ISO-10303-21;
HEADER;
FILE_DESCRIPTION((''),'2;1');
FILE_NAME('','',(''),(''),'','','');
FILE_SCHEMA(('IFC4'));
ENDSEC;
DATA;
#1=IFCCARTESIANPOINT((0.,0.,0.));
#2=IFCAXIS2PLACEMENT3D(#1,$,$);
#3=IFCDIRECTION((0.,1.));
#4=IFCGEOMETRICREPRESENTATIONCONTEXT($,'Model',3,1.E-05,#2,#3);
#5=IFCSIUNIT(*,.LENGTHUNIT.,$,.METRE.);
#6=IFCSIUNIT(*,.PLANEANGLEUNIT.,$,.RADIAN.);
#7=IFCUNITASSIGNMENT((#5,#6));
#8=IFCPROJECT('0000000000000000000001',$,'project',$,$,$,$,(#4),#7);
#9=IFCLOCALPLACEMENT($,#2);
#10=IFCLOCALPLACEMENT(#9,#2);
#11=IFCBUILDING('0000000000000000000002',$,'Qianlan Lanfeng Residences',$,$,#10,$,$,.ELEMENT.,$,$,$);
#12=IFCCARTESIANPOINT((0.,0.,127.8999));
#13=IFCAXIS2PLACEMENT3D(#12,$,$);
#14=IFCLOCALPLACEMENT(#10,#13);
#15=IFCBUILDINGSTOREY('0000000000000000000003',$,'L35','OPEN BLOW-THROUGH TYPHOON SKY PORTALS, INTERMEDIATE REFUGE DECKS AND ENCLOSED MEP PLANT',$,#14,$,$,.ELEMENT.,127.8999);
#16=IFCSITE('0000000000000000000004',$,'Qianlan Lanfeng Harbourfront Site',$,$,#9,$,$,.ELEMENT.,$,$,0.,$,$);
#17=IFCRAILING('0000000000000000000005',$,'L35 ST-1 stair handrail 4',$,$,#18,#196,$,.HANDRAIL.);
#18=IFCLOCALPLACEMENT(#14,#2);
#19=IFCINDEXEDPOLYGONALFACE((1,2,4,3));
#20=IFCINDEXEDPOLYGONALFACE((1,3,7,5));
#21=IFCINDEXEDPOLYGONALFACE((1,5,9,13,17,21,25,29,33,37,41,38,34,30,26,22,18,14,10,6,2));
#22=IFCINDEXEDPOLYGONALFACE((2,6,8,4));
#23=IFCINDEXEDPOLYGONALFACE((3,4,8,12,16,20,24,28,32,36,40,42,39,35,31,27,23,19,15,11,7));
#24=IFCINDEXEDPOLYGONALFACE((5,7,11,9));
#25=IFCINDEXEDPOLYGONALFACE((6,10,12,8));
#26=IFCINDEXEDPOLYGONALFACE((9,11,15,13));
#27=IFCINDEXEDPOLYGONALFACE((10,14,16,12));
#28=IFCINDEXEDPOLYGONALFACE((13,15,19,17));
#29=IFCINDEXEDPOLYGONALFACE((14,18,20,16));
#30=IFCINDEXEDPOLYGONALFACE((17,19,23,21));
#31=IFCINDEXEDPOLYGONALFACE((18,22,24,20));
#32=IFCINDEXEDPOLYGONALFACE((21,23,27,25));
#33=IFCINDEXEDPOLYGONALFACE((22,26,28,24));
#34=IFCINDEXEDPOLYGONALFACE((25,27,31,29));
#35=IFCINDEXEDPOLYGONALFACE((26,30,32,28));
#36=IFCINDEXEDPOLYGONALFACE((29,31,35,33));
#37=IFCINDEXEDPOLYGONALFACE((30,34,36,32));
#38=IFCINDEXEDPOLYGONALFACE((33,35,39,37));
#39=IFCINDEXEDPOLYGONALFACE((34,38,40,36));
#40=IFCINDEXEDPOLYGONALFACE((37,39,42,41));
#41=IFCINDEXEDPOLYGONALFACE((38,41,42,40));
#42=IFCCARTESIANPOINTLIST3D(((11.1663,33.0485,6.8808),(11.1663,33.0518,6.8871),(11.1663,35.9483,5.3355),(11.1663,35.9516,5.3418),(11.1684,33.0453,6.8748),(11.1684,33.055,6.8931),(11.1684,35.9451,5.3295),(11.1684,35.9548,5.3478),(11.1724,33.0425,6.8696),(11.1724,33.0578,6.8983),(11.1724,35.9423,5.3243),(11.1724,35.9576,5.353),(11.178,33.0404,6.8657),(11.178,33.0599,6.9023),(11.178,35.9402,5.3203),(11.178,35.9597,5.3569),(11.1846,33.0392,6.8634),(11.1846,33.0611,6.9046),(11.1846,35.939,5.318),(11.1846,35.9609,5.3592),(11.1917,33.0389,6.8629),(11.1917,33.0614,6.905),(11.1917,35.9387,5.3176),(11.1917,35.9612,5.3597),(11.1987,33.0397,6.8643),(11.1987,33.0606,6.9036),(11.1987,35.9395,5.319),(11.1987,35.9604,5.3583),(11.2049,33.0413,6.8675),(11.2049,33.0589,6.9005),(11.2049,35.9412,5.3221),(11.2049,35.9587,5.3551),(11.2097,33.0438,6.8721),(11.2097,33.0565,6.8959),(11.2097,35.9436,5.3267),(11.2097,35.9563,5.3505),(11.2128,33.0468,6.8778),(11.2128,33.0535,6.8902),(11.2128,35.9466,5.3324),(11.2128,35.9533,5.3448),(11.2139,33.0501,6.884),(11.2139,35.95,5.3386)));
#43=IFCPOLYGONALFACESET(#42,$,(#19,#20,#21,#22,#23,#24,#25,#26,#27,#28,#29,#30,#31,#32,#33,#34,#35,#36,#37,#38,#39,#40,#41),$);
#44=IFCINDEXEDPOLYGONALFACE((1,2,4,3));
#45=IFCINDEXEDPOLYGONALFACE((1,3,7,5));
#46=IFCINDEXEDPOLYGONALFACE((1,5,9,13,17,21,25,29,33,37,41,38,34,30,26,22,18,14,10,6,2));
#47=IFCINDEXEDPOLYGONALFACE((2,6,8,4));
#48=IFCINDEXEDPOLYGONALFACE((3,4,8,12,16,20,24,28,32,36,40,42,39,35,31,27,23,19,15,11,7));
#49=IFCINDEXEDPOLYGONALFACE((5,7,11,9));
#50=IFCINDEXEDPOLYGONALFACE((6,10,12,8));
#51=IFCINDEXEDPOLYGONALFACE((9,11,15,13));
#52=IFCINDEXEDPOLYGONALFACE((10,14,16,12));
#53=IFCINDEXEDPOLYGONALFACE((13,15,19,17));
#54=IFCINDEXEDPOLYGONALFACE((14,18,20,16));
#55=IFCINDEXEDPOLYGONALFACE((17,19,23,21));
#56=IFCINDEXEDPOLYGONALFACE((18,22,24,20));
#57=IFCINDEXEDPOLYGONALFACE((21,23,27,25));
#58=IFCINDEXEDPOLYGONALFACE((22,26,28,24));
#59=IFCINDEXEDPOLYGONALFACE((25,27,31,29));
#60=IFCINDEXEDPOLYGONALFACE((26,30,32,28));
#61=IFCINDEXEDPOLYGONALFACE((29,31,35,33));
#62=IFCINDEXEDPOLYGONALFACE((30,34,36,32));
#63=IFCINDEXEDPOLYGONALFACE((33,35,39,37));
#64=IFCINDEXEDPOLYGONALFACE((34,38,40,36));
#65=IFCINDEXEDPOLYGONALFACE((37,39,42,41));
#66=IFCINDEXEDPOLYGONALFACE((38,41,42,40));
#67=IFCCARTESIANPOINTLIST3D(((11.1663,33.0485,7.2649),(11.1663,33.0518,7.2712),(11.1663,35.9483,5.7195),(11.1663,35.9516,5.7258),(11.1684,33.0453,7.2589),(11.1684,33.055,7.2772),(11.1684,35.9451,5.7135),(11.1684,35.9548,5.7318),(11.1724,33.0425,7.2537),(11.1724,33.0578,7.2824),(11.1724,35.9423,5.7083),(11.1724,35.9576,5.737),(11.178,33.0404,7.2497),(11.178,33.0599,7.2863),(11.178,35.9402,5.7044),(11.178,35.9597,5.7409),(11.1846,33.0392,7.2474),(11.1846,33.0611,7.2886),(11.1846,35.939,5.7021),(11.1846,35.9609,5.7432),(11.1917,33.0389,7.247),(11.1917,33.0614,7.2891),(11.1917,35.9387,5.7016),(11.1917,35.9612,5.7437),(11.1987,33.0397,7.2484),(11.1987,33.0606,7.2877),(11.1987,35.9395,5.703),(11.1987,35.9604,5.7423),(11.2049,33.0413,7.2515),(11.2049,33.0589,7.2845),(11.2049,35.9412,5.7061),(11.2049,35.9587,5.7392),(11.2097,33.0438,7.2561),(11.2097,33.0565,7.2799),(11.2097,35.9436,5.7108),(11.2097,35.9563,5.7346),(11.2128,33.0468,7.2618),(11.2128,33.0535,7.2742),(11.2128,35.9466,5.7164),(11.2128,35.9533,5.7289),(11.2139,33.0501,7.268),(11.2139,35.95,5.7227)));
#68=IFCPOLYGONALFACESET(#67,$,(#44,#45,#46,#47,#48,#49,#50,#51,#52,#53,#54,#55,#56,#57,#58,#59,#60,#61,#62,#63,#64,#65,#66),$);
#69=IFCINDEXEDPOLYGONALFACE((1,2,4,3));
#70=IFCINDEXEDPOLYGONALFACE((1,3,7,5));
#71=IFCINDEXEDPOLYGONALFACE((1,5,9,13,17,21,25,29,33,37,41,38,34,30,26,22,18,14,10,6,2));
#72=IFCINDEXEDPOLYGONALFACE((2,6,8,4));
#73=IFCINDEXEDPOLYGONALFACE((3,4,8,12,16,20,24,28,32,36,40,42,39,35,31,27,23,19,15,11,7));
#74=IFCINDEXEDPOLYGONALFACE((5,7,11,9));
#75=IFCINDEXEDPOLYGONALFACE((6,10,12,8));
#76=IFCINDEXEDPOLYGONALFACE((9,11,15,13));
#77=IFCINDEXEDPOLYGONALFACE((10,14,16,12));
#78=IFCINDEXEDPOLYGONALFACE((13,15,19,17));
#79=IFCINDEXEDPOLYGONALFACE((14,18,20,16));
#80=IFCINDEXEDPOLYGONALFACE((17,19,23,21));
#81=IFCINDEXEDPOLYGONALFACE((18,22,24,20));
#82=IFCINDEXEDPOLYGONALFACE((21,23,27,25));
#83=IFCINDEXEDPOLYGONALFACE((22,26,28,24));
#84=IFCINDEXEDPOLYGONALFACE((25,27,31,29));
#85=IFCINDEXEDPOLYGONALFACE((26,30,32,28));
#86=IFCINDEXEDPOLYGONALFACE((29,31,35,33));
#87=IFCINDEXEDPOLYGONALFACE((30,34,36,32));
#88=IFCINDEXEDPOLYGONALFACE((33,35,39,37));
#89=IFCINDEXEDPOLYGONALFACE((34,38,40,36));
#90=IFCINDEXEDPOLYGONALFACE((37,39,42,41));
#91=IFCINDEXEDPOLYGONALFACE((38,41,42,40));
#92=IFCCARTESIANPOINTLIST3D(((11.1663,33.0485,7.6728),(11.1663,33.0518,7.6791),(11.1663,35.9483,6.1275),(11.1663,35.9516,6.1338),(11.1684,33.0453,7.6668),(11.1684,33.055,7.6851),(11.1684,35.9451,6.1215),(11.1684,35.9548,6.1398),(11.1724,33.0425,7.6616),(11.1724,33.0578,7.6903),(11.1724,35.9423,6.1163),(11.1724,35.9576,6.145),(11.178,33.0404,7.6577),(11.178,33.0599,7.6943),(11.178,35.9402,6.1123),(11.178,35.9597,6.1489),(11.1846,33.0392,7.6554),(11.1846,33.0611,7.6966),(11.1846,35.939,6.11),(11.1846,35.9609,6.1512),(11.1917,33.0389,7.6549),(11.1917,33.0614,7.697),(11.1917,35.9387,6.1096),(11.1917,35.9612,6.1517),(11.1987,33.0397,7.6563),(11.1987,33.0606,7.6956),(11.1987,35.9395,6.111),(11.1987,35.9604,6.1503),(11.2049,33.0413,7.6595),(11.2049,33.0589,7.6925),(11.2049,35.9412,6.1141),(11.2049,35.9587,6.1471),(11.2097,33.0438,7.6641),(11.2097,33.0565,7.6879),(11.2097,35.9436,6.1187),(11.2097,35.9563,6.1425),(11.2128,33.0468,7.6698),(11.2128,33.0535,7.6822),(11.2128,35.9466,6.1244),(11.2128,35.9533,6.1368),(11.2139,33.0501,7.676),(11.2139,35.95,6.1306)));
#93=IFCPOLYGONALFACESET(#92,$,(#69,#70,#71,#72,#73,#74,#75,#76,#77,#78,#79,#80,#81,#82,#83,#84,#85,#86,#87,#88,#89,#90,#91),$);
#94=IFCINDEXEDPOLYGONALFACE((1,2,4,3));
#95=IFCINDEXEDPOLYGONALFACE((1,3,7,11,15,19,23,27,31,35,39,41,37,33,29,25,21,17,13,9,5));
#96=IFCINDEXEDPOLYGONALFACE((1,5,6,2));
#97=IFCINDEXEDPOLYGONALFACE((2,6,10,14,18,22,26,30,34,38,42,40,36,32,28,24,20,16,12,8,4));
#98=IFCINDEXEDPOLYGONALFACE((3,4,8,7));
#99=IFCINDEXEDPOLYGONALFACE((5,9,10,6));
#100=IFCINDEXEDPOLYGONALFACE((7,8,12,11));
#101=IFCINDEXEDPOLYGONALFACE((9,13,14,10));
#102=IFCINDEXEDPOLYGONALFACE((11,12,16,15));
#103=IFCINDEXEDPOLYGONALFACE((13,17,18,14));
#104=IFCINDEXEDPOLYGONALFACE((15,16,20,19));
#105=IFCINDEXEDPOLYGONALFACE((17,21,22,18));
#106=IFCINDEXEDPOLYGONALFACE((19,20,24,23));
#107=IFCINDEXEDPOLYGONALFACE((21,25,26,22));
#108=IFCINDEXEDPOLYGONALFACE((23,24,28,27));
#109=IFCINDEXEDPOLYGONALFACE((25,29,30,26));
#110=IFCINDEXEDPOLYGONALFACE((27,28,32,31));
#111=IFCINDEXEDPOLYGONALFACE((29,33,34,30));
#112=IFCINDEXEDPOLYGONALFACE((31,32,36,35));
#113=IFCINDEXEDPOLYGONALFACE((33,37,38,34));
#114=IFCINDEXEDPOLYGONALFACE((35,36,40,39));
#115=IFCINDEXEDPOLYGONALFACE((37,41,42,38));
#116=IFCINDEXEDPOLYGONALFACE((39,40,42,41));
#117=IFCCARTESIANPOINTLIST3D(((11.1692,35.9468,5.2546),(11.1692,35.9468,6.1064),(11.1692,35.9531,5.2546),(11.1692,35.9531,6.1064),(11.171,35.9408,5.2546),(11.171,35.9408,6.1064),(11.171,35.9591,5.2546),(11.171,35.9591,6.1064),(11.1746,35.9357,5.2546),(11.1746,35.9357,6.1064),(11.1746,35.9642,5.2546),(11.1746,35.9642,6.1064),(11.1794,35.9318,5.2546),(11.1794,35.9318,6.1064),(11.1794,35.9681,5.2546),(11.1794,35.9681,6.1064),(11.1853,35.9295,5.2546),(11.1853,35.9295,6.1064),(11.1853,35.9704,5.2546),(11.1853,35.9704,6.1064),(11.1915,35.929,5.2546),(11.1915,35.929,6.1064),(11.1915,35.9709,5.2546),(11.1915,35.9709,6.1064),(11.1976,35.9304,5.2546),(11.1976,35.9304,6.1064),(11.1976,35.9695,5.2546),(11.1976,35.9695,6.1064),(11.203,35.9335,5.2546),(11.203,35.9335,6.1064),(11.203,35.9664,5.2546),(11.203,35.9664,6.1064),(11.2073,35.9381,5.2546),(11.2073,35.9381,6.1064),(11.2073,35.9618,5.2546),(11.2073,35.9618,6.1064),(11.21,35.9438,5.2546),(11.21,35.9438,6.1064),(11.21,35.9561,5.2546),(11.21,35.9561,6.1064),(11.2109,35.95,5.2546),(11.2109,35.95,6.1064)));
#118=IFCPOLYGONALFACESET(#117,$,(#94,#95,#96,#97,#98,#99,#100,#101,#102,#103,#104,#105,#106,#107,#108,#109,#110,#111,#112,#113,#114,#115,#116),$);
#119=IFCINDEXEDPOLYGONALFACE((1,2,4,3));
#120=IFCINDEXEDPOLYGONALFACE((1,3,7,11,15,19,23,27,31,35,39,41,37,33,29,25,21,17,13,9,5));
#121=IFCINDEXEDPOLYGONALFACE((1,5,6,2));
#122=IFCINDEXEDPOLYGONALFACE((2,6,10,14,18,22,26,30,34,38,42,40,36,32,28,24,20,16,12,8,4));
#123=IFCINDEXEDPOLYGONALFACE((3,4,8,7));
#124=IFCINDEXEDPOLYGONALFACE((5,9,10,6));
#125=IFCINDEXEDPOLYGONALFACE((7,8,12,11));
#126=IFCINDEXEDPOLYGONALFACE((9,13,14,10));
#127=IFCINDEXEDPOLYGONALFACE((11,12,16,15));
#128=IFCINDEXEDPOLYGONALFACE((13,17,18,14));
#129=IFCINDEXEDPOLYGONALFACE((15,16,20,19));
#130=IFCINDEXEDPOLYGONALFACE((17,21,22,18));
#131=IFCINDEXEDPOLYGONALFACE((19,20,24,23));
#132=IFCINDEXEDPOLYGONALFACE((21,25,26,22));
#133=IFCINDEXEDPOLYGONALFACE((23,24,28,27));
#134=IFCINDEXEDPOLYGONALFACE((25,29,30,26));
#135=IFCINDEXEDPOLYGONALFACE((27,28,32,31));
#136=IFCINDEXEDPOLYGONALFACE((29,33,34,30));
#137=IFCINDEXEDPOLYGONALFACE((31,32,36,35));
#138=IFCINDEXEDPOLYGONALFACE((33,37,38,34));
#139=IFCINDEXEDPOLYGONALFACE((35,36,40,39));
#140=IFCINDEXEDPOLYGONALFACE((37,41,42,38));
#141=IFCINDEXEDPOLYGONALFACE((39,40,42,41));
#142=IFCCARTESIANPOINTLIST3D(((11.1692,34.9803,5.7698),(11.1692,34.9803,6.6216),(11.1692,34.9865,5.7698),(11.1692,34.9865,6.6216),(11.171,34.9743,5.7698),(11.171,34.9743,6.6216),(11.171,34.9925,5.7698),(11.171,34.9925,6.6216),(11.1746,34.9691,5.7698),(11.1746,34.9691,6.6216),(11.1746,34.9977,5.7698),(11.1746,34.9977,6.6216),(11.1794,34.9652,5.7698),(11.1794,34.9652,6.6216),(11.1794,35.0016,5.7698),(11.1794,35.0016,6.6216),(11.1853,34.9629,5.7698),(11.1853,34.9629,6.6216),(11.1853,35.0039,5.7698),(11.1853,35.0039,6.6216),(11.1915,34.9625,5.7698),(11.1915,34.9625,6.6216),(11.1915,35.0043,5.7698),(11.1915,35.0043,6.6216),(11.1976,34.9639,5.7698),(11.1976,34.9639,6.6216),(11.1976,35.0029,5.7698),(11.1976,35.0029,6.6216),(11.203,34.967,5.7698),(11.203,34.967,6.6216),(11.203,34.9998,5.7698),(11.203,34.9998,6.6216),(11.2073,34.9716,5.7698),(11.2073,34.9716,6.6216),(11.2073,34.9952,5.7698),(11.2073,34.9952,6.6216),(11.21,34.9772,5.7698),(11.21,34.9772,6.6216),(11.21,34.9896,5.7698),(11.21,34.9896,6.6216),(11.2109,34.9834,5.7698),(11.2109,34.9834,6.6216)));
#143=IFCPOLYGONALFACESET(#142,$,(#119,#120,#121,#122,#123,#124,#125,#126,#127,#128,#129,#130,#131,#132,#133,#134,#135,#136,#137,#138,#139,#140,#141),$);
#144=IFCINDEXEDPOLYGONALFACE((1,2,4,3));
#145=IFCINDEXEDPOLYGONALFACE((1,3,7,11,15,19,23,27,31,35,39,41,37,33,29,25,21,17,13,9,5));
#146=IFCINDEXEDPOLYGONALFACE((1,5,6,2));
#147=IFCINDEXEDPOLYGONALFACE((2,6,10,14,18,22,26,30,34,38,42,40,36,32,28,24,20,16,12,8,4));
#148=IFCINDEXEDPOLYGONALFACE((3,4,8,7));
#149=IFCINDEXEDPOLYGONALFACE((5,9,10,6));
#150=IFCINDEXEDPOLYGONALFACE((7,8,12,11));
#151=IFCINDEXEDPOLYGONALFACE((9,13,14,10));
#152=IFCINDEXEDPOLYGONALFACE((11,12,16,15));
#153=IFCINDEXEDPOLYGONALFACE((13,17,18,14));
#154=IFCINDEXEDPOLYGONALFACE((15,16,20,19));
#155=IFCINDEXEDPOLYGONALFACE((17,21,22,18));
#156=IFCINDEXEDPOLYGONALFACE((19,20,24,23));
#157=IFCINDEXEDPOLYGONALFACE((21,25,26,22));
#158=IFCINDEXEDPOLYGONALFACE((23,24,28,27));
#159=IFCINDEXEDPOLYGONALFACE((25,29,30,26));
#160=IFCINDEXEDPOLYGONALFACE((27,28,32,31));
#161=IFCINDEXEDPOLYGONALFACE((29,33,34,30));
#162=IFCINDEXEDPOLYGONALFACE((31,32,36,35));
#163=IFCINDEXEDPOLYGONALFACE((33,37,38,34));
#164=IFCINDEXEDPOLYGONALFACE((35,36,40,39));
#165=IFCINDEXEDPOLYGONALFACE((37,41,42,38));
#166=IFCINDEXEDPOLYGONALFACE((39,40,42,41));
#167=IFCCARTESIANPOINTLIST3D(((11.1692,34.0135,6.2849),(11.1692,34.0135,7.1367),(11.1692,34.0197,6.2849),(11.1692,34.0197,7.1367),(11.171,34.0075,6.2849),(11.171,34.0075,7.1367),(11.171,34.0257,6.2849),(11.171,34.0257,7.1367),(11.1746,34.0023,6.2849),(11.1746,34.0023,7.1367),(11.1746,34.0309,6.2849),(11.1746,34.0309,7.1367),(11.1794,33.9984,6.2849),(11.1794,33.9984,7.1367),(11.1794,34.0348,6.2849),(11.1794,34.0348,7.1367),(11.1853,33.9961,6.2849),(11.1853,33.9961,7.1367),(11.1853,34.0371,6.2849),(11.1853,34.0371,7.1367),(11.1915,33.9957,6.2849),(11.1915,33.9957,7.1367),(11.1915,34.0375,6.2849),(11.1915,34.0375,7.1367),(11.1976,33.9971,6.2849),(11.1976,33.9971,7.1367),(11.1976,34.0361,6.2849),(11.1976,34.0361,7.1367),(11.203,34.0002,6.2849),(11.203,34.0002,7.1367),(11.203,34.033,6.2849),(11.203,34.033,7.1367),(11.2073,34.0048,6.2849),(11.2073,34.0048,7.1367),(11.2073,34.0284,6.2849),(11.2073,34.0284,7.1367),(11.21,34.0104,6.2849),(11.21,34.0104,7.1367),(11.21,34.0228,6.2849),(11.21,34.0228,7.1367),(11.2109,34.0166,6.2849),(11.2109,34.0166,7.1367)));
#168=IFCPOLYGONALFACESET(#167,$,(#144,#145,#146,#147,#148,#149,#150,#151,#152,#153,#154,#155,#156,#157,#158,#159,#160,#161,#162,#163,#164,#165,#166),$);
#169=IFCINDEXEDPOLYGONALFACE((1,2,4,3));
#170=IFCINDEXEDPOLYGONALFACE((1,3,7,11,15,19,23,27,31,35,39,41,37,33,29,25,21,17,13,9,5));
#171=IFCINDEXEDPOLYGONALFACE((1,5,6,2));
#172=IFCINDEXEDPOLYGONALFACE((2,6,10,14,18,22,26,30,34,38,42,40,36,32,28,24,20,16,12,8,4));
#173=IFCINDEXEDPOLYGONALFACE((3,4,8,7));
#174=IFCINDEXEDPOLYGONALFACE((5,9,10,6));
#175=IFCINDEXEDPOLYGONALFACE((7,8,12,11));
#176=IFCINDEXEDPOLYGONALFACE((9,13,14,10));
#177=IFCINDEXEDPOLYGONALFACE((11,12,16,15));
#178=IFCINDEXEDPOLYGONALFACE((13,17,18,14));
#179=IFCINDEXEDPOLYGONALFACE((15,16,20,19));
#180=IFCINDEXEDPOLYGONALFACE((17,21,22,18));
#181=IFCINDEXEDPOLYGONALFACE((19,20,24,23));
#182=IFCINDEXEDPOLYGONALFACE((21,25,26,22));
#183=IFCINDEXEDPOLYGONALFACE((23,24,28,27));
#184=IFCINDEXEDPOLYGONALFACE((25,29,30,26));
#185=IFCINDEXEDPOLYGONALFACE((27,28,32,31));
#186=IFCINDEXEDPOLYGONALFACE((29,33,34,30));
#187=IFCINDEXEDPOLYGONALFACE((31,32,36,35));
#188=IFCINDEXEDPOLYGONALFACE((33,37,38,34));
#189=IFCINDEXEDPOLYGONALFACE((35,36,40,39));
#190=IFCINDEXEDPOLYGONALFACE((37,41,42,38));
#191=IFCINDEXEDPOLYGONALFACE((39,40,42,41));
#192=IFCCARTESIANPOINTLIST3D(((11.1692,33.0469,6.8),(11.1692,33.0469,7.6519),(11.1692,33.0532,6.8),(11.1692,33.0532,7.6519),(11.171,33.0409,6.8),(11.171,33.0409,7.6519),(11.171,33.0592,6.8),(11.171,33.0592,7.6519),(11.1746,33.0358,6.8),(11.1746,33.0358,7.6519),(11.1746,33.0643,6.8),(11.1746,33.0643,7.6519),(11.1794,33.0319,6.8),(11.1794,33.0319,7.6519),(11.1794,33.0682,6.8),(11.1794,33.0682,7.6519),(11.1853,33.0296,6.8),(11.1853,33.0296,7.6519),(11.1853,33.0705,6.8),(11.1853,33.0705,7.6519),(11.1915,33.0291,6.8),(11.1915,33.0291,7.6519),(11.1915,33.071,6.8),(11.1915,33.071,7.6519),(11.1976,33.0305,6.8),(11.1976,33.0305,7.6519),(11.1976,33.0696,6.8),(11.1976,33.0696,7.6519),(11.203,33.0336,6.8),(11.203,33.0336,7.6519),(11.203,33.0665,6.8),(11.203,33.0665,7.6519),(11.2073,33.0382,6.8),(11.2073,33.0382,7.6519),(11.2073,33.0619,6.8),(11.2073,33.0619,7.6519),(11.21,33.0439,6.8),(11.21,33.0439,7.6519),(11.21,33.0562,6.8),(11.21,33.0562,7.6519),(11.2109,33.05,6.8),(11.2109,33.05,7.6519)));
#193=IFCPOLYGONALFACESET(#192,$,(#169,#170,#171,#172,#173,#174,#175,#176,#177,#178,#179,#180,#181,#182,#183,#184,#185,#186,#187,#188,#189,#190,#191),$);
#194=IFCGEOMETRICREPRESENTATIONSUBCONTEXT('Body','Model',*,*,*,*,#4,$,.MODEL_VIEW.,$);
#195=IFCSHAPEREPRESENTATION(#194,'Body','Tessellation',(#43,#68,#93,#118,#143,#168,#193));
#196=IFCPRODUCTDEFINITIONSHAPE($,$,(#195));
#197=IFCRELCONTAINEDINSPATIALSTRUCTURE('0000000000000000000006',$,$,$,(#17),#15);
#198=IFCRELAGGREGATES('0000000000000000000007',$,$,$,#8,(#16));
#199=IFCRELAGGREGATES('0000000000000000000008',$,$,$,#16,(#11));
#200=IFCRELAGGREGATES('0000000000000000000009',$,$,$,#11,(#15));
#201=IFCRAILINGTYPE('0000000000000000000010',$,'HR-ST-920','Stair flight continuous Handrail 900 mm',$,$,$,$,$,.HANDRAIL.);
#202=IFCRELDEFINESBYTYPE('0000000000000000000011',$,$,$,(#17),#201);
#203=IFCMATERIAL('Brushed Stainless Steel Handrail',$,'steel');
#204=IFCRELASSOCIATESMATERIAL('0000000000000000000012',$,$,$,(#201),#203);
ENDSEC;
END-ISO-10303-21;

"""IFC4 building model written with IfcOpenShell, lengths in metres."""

from ifc_helpers import new_model, si_unit, direction, frame, origin, origin_2d, place, context, subcontext, project, spatial, circle, extrude, material, type_object, element, save


model = new_model("IFC4")

# Units and contexts
model_context = context("Model", 3, precision=1e-05, world=origin(), true_north=direction((0.0, 1.0)))
body_context = subcontext(model_context, "Body", "Model", "MODEL_VIEW")
ifc_project = project(units=[si_unit("LENGTHUNIT", "METRE"), si_unit("PLANEANGLEUNIT", "RADIAN")], contexts=[model_context])

# Site, building, storey
site_placement = place(None, origin())
site = spatial("IfcSite", under=ifc_project, at=site_placement, Name="Qianlan Lanfeng Harbourfront Site", CompositionType="ELEMENT", RefElevation=0.0)
building_placement = place(site_placement, origin())
building = spatial("IfcBuilding", under=site, at=building_placement, Name="Qianlan Lanfeng Residences", CompositionType="ELEMENT")
storey_placement = place(building_placement, frame((0.0, 0.0, 127.8999)))
storey = spatial("IfcBuildingStorey", under=building, at=storey_placement, Name="L35", Description="OPEN BLOW-THROUGH TYPHOON SKY PORTALS, INTERMEDIATE REFUGE DECKS AND ENCLOSED MEP PLANT", CompositionType="ELEMENT", Elevation=127.8999)

# Railing
ifc_material_1 = material(Name="Brushed Stainless Steel Handrail", Category="steel")
railing_type_1 = type_object("IfcRailingType", Name="HR-ST-920", Description="Stair flight continuous Handrail 900 mm", PredefinedType="HANDRAIL", material=ifc_material_1)
for number, where, name in (
    (1, (11.1899, 35.95, 5.2546), "L35 ST-1 stair handrail 4"),
):
    element("IfcRailing", number, at=place(storey_placement, frame(where)), inside=storey, type_object=railing_type_1, Name=name, PredefinedType="HANDRAIL", context=body_context, shape_type="SweptSolid", body=[
        extrude(circle(Radius=0.0239, at=origin_2d()), frame((0.0, 0.0, 0.084), z_axis=(0.0, -0.882505, 0.470303), x_axis=(1.0, 0.0, 0.0)), (0.0, 0.0, 1.0), 3.2859),
        extrude(circle(Radius=0.0239, at=origin_2d()), frame((0.0, 0.0, 0.468), z_axis=(0.0, -0.882505, 0.470303), x_axis=(1.0, 0.0, 0.0)), (0.0, 0.0, 1.0), 3.2859),
        extrude(circle(Radius=0.0239, at=origin_2d()), frame((0.0, 0.0, 0.876), z_axis=(0.0, -0.882505, 0.470303), x_axis=(1.0, 0.0, 0.0)), (0.0, 0.0, 1.0), 3.2859),
        extrude(circle(Radius=0.021, at=origin_2d()), origin(), (0.0, 0.0, 1.0), 0.8518),
        extrude(circle(Radius=0.021, at=origin_2d()), frame((0.0, -0.9666, 0.5151)), (0.0, 0.0, 1.0), 0.8518),
        extrude(circle(Radius=0.021, at=origin_2d()), frame((0.0, -1.9333, 1.0303)), (0.0, 0.0, 1.0), 0.8518),
        extrude(circle(Radius=0.021, at=origin_2d()), frame((0.0, -2.8999, 1.5454)), (0.0, 0.0, 1.0), 0.8518),
    ])

save(model, "model.ifc")
